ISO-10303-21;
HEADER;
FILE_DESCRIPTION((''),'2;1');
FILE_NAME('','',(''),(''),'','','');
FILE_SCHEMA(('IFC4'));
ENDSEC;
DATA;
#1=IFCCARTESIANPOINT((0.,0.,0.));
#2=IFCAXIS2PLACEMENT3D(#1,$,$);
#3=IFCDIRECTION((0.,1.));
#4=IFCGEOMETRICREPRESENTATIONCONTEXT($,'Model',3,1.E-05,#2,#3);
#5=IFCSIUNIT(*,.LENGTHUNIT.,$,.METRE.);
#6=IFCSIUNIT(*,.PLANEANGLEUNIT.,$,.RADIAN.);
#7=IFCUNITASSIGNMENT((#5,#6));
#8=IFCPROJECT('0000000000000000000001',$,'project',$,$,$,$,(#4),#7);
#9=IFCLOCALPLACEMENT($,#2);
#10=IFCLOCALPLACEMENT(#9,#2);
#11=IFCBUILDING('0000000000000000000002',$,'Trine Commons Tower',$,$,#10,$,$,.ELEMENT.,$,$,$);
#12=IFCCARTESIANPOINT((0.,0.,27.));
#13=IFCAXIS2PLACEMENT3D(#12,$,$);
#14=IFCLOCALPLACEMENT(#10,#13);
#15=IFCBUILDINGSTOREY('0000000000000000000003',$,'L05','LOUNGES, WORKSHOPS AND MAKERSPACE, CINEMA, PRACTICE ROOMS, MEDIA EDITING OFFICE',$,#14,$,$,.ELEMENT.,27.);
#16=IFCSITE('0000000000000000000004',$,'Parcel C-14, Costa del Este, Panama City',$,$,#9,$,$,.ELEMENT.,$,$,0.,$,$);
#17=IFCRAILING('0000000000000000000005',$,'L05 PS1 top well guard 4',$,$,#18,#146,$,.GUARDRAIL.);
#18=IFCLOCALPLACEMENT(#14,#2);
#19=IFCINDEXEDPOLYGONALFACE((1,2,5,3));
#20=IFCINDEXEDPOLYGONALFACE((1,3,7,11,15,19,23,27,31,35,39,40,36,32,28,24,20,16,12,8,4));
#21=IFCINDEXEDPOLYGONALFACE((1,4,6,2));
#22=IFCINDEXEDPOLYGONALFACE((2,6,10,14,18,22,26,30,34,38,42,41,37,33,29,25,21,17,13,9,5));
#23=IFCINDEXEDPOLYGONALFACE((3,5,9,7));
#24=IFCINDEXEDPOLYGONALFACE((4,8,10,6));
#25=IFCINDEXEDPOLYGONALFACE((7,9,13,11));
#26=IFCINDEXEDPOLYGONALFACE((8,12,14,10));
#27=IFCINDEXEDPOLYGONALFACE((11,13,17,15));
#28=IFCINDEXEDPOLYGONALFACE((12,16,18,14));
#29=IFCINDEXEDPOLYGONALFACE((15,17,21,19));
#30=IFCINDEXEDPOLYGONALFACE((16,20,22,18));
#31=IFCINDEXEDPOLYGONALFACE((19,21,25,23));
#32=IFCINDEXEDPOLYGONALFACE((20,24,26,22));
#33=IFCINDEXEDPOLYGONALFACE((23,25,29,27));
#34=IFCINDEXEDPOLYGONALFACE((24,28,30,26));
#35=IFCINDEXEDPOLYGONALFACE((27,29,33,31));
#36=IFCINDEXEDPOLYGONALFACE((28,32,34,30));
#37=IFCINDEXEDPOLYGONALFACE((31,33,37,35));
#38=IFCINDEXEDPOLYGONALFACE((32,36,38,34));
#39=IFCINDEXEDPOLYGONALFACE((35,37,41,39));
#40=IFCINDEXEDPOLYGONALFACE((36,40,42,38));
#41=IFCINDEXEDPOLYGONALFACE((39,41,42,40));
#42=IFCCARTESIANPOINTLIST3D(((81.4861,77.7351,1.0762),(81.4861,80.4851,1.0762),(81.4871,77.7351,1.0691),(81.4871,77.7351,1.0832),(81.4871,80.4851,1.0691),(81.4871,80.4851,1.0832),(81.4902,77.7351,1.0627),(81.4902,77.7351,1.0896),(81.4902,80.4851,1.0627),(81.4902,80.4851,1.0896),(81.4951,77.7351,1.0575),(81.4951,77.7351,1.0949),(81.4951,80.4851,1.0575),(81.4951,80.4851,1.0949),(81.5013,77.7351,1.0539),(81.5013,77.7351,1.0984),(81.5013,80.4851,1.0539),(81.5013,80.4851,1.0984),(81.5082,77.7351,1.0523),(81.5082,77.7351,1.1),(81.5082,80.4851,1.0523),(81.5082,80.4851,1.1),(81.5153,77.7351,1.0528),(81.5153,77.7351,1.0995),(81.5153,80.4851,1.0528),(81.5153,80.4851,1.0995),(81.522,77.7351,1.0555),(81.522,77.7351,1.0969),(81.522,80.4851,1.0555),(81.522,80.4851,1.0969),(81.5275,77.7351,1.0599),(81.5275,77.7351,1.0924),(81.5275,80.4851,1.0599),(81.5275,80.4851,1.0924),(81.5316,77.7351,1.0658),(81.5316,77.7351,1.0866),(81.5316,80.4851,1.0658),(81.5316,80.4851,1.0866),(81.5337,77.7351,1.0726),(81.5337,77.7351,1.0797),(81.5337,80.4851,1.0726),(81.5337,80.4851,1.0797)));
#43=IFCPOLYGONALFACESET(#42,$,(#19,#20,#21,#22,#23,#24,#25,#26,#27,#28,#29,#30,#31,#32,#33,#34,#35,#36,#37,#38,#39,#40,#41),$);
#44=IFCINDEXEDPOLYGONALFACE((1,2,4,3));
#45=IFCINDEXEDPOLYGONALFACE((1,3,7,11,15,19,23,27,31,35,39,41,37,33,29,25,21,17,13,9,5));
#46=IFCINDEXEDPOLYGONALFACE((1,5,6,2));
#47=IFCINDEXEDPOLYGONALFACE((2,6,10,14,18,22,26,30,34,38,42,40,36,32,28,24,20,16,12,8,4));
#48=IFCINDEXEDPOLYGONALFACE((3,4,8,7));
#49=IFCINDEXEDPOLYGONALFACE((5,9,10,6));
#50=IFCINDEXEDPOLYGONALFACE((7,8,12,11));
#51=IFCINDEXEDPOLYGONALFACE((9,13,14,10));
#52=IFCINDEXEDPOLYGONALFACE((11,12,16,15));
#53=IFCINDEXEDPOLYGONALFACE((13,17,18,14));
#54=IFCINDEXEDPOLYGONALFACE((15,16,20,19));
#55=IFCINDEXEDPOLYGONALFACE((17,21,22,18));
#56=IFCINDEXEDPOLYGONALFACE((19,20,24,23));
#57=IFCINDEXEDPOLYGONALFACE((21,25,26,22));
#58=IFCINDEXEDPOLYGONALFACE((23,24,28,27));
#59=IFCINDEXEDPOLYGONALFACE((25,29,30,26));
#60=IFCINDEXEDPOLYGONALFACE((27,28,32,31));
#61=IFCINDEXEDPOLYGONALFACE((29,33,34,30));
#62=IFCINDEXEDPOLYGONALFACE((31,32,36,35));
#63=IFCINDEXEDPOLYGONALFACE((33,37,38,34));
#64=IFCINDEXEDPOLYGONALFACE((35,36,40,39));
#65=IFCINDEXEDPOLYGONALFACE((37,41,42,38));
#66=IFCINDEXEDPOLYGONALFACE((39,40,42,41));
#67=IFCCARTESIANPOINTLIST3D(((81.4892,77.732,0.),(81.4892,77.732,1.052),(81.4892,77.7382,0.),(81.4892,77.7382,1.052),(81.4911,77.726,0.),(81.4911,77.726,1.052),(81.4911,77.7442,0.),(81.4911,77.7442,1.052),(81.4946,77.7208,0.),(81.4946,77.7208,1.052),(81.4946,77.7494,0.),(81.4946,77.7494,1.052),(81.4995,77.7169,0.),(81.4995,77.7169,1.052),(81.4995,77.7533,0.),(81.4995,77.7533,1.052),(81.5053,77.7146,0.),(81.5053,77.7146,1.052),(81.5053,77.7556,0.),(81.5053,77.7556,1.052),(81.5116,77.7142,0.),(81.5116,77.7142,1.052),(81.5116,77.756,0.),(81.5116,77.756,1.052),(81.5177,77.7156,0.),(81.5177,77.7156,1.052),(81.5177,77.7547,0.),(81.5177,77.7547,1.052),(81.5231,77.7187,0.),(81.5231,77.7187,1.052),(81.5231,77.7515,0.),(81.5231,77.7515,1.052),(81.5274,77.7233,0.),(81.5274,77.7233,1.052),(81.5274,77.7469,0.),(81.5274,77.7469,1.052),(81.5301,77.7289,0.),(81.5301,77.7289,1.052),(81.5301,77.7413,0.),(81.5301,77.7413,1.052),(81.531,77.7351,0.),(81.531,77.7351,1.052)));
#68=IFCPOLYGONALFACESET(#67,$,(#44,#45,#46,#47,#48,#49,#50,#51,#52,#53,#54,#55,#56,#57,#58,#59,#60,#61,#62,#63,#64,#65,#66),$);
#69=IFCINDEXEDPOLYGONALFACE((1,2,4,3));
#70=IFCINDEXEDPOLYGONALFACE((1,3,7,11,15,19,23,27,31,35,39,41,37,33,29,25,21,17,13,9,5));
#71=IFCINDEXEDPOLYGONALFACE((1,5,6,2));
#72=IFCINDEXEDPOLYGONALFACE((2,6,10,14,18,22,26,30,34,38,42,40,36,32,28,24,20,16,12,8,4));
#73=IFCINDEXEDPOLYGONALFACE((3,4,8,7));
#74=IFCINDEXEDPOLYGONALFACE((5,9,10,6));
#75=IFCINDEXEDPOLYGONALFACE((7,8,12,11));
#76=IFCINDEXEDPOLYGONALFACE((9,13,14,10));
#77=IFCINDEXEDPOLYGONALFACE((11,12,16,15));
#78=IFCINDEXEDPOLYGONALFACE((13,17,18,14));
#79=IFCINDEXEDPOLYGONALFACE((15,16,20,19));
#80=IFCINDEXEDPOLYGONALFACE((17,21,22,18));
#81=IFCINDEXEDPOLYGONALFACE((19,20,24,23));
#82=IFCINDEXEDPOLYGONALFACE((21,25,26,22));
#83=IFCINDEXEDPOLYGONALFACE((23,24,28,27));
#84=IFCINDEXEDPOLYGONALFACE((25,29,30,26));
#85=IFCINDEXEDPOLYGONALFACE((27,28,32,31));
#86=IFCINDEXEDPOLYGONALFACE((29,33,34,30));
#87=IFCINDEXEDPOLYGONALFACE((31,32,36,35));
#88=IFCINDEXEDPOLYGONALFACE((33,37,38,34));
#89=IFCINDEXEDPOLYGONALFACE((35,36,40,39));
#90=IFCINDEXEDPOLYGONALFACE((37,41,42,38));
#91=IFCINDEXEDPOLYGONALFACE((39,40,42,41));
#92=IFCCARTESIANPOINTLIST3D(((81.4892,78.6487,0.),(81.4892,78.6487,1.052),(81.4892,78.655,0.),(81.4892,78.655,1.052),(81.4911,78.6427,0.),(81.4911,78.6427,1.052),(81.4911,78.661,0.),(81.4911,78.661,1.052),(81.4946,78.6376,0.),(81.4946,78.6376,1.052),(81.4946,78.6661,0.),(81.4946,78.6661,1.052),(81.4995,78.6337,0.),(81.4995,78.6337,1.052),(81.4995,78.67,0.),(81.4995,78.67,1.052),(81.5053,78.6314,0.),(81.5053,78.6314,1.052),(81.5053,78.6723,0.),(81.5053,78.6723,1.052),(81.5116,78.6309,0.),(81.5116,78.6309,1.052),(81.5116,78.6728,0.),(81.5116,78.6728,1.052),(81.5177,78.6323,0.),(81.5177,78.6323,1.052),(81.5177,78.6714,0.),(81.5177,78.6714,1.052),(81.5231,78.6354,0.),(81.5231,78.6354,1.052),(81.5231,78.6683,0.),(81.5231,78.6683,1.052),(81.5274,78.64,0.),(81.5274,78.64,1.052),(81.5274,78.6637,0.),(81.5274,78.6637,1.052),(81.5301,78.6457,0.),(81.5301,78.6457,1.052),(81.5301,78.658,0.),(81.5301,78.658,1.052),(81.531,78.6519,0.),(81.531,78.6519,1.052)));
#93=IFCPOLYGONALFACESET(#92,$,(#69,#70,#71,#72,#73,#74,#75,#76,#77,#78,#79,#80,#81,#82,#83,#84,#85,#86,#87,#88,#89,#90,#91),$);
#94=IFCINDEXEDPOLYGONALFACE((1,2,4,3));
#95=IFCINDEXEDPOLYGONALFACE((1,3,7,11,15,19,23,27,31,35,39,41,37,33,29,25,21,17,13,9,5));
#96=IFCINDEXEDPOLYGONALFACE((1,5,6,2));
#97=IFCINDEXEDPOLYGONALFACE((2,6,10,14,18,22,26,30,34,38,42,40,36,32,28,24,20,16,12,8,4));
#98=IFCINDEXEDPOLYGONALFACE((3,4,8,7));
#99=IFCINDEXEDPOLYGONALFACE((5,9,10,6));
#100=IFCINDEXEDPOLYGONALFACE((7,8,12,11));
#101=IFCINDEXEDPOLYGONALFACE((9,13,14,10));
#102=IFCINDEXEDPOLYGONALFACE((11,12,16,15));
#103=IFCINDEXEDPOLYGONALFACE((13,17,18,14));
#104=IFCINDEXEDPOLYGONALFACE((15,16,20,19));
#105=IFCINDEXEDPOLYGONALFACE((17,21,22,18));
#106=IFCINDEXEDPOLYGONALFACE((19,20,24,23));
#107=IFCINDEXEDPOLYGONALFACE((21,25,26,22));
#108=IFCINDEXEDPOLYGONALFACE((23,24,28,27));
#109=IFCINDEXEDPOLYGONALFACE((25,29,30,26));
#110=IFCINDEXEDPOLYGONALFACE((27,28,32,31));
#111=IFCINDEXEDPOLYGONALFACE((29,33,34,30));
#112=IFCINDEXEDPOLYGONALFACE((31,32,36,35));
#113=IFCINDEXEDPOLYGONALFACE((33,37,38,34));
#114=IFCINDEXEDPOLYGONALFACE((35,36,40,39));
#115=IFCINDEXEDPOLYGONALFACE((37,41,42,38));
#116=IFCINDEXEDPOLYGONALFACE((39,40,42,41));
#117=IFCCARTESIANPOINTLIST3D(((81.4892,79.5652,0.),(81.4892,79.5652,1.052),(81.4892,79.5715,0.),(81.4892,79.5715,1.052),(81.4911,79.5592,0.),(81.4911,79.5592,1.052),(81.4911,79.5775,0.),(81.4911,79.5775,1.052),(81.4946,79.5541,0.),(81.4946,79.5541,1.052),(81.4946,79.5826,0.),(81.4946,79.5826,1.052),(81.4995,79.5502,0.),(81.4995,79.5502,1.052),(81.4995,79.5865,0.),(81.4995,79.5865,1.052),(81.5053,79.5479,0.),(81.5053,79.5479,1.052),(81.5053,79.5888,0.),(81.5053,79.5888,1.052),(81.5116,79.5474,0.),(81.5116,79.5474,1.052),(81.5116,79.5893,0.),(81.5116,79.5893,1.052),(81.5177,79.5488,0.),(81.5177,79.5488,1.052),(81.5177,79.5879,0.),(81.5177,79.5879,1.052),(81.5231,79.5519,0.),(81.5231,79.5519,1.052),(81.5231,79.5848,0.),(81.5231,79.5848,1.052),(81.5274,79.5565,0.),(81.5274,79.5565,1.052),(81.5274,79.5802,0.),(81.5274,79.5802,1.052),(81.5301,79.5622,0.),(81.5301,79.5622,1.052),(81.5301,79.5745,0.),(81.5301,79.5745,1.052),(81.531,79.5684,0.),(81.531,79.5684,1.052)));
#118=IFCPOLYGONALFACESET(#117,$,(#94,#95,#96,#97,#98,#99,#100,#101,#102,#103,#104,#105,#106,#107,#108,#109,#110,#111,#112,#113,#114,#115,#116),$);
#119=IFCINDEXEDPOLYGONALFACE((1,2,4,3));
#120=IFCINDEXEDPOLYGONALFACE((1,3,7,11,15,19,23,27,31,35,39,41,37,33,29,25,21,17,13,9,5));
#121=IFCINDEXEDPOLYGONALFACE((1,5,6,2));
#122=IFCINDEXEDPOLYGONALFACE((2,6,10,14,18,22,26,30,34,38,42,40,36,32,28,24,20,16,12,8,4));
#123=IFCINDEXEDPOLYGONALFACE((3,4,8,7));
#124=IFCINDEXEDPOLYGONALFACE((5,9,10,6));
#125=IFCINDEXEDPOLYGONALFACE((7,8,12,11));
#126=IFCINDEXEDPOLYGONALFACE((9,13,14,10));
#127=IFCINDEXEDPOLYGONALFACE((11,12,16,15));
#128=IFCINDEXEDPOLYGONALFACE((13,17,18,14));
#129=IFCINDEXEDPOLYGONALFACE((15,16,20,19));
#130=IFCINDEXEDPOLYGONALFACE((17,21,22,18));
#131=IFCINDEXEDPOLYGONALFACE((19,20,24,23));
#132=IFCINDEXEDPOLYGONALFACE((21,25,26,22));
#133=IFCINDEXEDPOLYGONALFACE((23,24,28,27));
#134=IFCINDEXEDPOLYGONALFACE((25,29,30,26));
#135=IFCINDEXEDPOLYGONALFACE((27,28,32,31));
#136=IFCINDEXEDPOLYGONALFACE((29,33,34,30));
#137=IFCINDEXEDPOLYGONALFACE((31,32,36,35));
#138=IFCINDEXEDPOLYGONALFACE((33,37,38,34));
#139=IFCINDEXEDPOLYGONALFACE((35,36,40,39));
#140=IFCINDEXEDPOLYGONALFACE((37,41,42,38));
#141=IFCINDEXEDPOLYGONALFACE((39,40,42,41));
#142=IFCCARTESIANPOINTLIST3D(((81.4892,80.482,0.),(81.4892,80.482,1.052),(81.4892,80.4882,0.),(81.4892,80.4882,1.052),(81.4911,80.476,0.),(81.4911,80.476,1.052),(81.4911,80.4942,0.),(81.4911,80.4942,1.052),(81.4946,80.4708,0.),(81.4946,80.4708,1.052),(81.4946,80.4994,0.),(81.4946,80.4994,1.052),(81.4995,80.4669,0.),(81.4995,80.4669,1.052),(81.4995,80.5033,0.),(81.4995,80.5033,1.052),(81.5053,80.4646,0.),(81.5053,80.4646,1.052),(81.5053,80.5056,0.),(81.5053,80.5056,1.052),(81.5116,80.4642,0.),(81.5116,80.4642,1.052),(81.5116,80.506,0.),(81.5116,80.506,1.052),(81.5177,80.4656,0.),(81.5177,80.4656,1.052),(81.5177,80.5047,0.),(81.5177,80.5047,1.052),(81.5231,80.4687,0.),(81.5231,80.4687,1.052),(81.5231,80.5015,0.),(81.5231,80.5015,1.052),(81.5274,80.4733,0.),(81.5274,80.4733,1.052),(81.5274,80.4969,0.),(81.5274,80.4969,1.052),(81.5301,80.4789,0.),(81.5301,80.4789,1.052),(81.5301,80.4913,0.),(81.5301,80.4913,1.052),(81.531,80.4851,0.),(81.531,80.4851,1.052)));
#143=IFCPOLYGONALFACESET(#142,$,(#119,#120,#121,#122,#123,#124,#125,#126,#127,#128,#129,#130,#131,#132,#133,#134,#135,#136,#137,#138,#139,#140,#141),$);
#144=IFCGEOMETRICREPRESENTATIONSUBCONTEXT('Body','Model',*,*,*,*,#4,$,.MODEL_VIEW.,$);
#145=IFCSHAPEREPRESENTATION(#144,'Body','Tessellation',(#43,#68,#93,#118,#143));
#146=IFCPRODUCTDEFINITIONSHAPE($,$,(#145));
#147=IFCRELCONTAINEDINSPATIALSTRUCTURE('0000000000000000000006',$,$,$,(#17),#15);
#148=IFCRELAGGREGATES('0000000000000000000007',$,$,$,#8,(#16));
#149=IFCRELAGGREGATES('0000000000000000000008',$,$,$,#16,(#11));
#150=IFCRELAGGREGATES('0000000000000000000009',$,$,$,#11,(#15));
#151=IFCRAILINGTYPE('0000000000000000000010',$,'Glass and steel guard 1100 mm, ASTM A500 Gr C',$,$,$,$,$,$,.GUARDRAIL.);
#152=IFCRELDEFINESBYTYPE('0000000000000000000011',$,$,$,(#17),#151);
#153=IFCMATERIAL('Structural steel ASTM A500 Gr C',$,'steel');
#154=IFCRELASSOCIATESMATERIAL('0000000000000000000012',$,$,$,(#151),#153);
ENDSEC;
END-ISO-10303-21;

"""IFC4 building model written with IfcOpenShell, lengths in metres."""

from ifc_helpers import new_model, si_unit, direction, frame, origin, origin_2d, place, context, subcontext, project, spatial, circle, extrude, material, type_object, element, save


model = new_model("IFC4")

# Units and contexts
model_context = context("Model", 3, precision=1e-05, world=origin(), true_north=direction((0.0, 1.0)))
body_context = subcontext(model_context, "Body", "Model", "MODEL_VIEW")
ifc_project = project(units=[si_unit("LENGTHUNIT", "METRE"), si_unit("PLANEANGLEUNIT", "RADIAN")], contexts=[model_context])

# Site, building, storey
site_placement = place(None, origin())
site = spatial("IfcSite", under=ifc_project, at=site_placement, Name="Parcel C-14, Costa del Este, Panama City", CompositionType="ELEMENT", RefElevation=0.0)
building_placement = place(site_placement, origin())
building = spatial("IfcBuilding", under=site, at=building_placement, Name="Trine Commons Tower", CompositionType="ELEMENT")
storey_placement = place(building_placement, frame((0.0, 0.0, 27.0)))
storey = spatial("IfcBuildingStorey", under=building, at=storey_placement, Name="L05", Description="LOUNGES, WORKSHOPS AND MAKERSPACE, CINEMA, PRACTICE ROOMS, MEDIA EDITING OFFICE", CompositionType="ELEMENT", Elevation=27.0)

# Railing
ifc_material_1 = material(Name="Structural steel ASTM A500 Gr C", Category="steel")
railing_type_1 = type_object("IfcRailingType", Name="Glass and steel guard 1100 mm, ASTM A500 Gr C", PredefinedType="GUARDRAIL", material=ifc_material_1)
railing_1_placement = place(storey_placement, frame((81.51, 77.7351, 0.0)))
element("IfcRailing", 1, at=railing_1_placement, inside=storey, type_object=railing_type_1, Name="L05 PS1 top well guard 4", PredefinedType="GUARDRAIL", context=body_context, shape_type="SweptSolid", body=[
    extrude(circle(Radius=0.0239, at=origin_2d()), frame((0.0, 0.0, 1.0762), z_axis=(0.0, 1.0, 0.0), x_axis=(-1.0, 0.0, 0.0)), (0.0, 0.0, 1.0), 2.75),
    extrude(circle(Radius=0.021, at=origin_2d()), origin(), (0.0, 0.0, 1.0), 1.052),
    extrude(circle(Radius=0.021, at=origin_2d()), frame((0.0, 0.9167, 0.0)), (0.0, 0.0, 1.0), 1.052),
    extrude(circle(Radius=0.021, at=origin_2d()), frame((0.0, 1.8333, 0.0)), (0.0, 0.0, 1.0), 1.052),
    extrude(circle(Radius=0.021, at=origin_2d()), frame((0.0, 2.75, 0.0)), (0.0, 0.0, 1.0), 1.052),
])

save(model, "model.ifc")
